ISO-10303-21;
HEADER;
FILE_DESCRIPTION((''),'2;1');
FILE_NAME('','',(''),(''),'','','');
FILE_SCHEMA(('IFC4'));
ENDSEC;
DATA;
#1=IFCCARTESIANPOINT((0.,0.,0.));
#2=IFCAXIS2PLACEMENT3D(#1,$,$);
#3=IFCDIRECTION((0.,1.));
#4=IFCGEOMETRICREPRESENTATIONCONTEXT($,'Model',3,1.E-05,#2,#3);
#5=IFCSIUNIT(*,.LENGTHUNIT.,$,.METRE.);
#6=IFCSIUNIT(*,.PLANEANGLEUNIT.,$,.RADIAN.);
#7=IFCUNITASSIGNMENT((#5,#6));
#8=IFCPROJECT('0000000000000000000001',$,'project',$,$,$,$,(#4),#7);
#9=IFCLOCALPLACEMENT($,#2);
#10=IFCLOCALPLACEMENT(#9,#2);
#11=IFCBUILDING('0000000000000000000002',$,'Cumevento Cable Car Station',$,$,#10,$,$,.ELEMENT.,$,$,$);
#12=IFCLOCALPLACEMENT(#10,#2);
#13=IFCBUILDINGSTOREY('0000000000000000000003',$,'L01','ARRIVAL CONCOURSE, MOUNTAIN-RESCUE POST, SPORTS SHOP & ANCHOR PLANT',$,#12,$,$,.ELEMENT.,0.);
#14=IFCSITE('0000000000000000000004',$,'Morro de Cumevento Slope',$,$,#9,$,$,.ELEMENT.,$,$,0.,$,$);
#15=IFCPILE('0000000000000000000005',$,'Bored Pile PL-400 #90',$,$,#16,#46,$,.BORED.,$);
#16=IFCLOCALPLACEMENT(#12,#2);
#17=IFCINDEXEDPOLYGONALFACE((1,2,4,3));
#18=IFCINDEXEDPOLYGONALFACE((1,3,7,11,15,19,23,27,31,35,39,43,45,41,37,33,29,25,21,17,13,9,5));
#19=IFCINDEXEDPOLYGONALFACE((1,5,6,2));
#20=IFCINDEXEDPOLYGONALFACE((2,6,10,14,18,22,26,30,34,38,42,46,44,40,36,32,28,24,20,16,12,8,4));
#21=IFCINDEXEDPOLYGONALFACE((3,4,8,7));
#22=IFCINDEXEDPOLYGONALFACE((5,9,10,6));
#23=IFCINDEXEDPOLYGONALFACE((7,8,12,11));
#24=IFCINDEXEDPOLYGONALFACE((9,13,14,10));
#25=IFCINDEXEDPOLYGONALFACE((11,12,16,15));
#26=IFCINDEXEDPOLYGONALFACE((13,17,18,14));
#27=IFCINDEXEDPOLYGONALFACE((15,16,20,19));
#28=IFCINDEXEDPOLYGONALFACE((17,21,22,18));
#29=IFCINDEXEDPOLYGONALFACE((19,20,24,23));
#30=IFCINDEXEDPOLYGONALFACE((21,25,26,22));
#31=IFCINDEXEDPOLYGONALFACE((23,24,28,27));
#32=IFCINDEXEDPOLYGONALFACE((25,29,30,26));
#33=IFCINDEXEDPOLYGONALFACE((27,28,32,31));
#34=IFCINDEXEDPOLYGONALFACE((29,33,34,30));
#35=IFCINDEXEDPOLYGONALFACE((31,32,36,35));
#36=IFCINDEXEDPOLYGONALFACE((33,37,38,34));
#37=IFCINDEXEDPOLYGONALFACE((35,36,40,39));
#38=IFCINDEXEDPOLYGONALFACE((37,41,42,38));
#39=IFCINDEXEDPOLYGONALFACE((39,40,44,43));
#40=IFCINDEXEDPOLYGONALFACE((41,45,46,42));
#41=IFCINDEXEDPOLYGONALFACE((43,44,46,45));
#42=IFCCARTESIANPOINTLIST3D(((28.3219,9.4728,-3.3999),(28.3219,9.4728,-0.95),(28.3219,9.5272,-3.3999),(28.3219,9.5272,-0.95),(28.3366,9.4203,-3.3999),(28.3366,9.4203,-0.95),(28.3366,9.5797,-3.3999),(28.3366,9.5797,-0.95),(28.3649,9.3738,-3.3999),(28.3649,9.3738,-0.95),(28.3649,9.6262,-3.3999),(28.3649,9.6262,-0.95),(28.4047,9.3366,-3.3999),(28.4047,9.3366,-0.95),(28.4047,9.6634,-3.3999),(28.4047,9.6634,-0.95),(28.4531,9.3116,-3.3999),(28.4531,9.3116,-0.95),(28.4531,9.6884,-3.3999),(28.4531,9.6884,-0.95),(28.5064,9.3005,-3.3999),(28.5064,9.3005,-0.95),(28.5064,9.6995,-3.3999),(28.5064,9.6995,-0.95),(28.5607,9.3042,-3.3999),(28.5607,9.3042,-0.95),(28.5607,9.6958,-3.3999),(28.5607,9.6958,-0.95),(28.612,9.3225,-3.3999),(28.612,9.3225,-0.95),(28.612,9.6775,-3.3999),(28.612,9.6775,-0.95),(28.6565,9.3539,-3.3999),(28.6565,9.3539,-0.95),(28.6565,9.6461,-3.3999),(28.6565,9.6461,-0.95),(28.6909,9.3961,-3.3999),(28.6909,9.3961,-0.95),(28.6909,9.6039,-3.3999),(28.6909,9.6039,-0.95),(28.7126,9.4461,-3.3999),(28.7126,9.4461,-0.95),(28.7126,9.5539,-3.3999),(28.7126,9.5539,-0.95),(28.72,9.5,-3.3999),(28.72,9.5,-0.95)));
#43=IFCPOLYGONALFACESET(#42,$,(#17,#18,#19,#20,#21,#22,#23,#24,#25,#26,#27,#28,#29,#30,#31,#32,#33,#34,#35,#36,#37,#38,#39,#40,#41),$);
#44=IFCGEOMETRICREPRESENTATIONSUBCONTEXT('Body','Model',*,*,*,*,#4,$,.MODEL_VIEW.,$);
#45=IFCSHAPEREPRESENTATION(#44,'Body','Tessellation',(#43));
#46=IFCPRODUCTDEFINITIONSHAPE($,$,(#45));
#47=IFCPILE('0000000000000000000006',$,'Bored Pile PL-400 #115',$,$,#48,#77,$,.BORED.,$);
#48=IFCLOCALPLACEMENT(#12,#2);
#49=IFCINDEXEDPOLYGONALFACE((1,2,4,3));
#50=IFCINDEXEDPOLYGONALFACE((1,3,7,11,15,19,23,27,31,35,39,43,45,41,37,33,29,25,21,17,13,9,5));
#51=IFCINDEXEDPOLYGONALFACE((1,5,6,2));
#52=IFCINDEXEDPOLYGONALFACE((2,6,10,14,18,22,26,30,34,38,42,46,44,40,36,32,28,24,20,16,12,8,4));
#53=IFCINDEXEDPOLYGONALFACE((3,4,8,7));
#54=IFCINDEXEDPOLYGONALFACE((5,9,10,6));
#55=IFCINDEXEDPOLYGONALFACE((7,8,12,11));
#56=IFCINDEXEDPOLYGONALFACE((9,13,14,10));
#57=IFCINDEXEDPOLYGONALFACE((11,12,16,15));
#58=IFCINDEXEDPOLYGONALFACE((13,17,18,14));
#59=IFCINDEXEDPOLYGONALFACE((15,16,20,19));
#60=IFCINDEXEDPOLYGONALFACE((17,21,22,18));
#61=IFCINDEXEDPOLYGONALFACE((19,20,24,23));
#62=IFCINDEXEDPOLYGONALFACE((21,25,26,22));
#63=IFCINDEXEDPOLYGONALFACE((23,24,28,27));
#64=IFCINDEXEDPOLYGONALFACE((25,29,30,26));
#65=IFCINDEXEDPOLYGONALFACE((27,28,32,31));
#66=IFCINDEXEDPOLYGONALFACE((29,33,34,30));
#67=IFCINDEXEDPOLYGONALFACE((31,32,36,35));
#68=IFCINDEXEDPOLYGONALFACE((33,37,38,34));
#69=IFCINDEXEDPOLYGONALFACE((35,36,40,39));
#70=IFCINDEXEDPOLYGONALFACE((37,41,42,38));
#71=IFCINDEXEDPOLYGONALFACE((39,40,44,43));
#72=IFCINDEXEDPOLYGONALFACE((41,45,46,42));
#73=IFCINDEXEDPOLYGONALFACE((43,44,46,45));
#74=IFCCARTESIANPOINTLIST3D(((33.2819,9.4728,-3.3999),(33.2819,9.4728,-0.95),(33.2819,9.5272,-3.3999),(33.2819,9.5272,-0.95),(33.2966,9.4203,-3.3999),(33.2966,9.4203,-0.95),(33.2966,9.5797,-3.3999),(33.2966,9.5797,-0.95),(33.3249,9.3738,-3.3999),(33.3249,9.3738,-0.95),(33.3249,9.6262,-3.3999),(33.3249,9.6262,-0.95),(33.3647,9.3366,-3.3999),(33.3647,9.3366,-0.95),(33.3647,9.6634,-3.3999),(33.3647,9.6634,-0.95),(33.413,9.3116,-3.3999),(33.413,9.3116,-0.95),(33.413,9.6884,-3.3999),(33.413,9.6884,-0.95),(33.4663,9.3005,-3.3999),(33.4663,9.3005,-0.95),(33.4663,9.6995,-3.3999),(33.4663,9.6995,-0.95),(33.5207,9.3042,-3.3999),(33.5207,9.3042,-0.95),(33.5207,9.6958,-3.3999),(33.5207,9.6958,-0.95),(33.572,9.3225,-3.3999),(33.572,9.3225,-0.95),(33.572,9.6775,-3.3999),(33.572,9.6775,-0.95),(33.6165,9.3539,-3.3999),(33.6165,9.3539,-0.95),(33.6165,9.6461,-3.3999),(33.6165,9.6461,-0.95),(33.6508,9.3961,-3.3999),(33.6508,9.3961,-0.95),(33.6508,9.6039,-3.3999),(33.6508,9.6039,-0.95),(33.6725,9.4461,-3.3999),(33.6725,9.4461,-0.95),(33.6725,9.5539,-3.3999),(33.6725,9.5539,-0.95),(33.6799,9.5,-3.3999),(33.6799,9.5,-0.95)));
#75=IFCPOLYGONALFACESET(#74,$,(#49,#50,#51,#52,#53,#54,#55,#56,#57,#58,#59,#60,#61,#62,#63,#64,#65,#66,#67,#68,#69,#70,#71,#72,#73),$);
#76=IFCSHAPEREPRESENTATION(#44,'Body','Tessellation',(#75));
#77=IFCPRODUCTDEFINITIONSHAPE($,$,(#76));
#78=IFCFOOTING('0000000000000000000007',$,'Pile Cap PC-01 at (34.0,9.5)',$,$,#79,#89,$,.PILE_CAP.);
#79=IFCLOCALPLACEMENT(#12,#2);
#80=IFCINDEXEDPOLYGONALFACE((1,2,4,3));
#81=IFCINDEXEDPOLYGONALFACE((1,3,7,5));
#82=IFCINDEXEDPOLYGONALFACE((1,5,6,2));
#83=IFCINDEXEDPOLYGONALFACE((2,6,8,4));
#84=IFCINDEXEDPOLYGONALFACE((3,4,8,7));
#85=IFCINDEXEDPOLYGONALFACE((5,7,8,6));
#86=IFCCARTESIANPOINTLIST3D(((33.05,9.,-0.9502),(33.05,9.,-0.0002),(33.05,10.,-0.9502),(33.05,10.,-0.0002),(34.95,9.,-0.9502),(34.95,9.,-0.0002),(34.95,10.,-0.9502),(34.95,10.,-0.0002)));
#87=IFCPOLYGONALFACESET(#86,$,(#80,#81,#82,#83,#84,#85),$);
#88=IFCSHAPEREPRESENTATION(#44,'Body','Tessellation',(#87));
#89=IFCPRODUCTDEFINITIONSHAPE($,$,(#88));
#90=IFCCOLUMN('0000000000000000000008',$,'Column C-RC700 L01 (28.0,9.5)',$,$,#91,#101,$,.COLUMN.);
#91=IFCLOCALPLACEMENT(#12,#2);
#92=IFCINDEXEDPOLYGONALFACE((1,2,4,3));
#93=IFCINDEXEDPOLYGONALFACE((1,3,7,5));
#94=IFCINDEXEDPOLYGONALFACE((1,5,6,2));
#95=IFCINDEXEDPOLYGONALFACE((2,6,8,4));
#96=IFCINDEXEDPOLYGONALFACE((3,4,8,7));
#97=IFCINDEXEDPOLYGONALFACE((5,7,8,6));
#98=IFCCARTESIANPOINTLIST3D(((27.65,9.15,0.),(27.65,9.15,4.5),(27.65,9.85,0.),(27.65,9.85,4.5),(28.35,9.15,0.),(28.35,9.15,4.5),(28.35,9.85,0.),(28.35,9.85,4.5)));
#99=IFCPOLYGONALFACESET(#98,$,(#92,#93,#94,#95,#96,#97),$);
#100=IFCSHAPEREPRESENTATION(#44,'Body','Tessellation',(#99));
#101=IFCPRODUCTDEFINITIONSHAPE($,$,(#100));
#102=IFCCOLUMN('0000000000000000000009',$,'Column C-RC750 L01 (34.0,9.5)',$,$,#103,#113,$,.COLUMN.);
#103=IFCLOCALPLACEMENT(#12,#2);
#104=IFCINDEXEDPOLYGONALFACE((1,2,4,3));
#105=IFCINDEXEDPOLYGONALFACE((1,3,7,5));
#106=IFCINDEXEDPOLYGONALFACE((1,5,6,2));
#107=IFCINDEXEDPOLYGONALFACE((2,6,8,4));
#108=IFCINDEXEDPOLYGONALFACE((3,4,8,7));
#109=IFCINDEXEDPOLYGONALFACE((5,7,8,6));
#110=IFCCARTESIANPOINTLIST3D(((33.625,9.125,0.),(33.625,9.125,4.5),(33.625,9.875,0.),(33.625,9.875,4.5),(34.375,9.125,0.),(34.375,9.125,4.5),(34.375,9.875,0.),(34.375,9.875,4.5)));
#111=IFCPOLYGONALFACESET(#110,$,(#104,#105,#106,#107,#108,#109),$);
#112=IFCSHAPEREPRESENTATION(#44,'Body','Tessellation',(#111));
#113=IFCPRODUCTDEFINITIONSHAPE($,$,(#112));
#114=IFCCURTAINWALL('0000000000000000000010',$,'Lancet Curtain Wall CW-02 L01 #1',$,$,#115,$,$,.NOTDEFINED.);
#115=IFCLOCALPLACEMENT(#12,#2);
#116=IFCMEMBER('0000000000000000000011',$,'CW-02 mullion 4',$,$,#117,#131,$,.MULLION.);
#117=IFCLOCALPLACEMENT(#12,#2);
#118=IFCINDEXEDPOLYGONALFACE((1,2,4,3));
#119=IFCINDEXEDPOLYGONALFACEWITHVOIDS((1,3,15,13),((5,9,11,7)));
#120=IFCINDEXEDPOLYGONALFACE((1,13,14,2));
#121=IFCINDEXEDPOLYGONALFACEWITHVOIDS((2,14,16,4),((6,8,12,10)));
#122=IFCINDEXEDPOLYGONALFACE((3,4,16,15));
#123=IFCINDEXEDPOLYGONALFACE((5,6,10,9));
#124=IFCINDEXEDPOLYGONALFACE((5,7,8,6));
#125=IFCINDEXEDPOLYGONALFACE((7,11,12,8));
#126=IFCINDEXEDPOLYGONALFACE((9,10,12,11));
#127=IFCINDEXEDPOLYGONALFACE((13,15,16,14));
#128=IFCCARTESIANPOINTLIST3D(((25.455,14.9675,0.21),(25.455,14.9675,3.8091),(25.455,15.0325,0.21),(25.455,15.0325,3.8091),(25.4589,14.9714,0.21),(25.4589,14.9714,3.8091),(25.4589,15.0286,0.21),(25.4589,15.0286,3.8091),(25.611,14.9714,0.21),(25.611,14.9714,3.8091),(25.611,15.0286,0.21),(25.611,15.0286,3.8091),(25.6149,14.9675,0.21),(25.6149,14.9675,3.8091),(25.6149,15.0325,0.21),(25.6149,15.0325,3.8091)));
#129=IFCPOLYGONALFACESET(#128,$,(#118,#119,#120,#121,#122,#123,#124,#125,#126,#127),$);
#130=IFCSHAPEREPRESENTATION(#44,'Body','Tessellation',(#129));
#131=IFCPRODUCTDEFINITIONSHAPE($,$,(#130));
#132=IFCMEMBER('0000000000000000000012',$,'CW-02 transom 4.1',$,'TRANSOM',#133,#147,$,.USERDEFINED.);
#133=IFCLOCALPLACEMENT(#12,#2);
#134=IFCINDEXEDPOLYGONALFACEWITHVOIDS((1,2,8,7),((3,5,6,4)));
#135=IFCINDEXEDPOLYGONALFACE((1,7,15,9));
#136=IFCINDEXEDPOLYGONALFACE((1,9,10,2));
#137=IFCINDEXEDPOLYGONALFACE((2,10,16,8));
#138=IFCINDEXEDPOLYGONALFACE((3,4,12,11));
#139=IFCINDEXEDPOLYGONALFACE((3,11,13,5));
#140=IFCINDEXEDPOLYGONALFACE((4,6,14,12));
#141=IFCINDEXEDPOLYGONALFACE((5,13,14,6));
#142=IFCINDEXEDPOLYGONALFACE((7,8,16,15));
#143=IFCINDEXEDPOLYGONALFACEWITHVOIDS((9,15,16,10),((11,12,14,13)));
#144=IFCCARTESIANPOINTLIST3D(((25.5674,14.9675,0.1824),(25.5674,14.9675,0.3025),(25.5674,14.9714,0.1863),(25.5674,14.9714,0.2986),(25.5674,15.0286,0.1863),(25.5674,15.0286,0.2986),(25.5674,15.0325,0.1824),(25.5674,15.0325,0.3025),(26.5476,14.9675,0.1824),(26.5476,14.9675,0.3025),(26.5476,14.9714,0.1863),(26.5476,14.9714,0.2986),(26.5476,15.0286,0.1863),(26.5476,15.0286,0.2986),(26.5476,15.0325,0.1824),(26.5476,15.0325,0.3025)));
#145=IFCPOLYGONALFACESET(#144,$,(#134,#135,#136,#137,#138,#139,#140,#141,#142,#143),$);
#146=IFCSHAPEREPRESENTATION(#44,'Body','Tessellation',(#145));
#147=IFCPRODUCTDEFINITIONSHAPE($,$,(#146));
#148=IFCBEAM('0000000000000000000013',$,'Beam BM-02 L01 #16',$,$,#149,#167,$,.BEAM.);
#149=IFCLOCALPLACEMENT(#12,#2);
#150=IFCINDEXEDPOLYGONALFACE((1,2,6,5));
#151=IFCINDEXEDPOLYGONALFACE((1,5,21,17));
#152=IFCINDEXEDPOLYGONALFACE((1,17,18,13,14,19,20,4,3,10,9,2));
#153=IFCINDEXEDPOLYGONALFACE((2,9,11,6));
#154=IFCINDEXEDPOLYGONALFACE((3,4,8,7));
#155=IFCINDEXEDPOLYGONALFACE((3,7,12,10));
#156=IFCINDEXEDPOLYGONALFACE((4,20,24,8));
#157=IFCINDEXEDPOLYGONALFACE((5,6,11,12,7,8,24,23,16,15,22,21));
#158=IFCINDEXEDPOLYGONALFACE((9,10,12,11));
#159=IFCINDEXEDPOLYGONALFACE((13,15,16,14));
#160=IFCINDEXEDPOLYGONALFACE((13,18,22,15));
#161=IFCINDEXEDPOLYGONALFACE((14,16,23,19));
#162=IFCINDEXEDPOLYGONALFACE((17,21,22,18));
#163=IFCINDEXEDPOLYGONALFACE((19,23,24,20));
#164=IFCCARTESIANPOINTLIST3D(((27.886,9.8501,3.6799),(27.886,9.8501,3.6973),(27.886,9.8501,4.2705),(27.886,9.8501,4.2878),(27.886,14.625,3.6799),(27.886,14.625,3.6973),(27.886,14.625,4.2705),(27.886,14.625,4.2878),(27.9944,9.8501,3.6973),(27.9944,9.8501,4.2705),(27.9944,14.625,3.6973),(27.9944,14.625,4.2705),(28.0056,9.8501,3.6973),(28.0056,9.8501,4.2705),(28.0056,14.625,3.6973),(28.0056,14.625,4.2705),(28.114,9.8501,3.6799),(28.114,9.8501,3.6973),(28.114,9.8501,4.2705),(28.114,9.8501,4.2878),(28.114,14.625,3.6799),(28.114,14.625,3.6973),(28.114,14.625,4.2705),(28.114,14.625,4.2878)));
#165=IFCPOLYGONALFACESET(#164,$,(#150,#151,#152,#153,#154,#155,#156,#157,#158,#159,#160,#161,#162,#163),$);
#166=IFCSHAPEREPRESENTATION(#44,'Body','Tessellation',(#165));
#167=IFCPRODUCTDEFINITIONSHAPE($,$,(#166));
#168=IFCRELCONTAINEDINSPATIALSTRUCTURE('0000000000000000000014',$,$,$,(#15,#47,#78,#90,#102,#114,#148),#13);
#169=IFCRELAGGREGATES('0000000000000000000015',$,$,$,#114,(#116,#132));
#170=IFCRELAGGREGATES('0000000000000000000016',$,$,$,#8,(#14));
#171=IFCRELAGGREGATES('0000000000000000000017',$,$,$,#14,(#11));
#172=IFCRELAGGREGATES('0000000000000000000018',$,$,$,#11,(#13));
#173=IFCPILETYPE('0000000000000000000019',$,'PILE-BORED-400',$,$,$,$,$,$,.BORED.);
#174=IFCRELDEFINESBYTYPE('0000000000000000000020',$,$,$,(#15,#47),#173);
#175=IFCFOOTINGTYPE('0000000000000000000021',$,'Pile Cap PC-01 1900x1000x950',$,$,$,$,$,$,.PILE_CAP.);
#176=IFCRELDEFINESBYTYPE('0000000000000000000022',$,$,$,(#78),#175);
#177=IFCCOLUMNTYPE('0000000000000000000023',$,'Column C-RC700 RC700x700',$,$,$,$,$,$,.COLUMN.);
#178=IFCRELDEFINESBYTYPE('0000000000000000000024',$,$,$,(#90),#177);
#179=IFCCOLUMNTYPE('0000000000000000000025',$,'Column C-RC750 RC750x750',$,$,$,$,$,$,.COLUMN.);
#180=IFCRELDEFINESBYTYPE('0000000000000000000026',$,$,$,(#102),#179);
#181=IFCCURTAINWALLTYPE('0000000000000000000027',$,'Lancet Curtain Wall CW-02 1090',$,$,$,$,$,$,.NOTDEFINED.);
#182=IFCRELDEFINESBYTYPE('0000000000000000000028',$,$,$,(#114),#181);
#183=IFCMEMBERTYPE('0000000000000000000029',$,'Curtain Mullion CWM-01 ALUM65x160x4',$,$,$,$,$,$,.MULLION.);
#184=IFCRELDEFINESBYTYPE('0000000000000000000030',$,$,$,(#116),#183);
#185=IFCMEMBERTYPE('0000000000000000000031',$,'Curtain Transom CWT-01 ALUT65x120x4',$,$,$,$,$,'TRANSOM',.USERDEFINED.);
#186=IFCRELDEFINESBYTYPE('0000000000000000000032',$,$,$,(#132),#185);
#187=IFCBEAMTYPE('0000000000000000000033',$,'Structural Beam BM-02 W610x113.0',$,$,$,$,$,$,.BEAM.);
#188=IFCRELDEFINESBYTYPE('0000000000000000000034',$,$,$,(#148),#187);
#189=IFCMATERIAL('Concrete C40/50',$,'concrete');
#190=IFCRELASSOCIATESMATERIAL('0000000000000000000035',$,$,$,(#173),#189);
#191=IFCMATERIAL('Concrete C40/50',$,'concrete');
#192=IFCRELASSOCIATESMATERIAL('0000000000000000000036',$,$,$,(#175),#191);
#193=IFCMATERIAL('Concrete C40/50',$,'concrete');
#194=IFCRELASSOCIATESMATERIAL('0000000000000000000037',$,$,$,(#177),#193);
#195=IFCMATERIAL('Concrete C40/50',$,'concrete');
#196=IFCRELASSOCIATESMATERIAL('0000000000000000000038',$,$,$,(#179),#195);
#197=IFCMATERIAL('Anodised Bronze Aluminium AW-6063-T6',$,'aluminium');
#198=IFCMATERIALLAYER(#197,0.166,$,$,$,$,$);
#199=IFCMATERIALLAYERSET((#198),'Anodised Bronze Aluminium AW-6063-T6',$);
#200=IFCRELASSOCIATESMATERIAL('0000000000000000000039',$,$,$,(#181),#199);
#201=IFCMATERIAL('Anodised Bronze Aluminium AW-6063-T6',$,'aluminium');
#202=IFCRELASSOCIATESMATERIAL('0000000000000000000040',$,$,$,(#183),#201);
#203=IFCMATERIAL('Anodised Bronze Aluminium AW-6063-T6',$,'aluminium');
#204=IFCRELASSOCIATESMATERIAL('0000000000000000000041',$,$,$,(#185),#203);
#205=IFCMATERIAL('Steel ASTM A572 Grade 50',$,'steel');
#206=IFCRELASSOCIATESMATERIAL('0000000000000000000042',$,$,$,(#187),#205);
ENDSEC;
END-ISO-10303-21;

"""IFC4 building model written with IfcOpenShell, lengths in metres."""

from ifc_helpers import new_model, si_unit, direction, frame, origin, origin_2d, place, context, subcontext, project, spatial, rectangle, hollow_rectangle, circle, i_section, extrude, material, layer, layer_set, material_profile, profile_set, type_object, element, aggregate, save


model = new_model("IFC4")

# Units and contexts
model_context = context("Model", 3, precision=1e-05, world=origin(), true_north=direction((0.0, 1.0)))
body_context = subcontext(model_context, "Body", "Model", "MODEL_VIEW")
ifc_project = project(units=[si_unit("LENGTHUNIT", "METRE"), si_unit("PLANEANGLEUNIT", "RADIAN")], contexts=[model_context])

# Site, building, storey
site_placement = place(None, origin())
site = spatial("IfcSite", under=ifc_project, at=site_placement, Name="Morro de Cumevento Slope", CompositionType="ELEMENT", RefElevation=0.0)
building_placement = place(site_placement, origin())
building = spatial("IfcBuilding", under=site, at=building_placement, Name="Cumevento Cable Car Station", CompositionType="ELEMENT")
storey_placement = place(building_placement, origin())
storey = spatial("IfcBuildingStorey", under=building, at=storey_placement, Name="L01", Description="ARRIVAL CONCOURSE, MOUNTAIN-RESCUE POST, SPORTS SHOP & ANCHOR PLANT", CompositionType="ELEMENT", Elevation=0.0)

# Piles
ifc_material_1 = material(Name="Concrete C40/50", Category="concrete")
ifc_material_profile_1 = material_profile(ifc_material_1, circle(Radius=0.2, at=origin_2d()), Name="PILE-D400")
ifc_profile_set_1 = profile_set([ifc_material_profile_1], Name="Concrete C40/50")
pile_type = type_object("IfcPileType", Name="PILE-BORED-400", PredefinedType="BORED", material=ifc_profile_set_1)
for number, where, z_axis, x_axis, name in (
    (1, (28.52, 9.5, -0.95), (0.0, 0.0, -1.0), (1.0, 0.0, 0.0), "Bored Pile PL-400 #90"),
    (2, (33.48, 9.5, -0.95), (0.0, 0.0, -1.0), (1.0, 0.0, 0.0), "Bored Pile PL-400 #115"),
):
    element("IfcPile", number, at=place(storey_placement, frame(where, z_axis=z_axis, x_axis=x_axis)), inside=storey, type_object=pile_type, Name=name, PredefinedType="BORED", context=body_context, shape_type="SweptSolid", body=[
        extrude(circle(Radius=0.2, at=origin_2d()), origin(), (0.0, 0.0, 1.0), 2.45),
    ])

# Footing
ifc_material_2 = material(Name="Concrete C40/50", Category="concrete")
footing_type = type_object("IfcFootingType", Name="Pile Cap PC-01 1900x1000x950", PredefinedType="PILE_CAP", material=ifc_material_2)
footing_placement = place(storey_placement, frame((34.0, 9.5, -0.9502), z_axis=(0.0, 0.0, 1.0), x_axis=(1.0, 0.0, 0.0)))
element("IfcFooting", 3, at=footing_placement, inside=storey, type_object=footing_type, Name="Pile Cap PC-01 at (34.0,9.5)", PredefinedType="PILE_CAP", context=body_context, shape_type="SweptSolid", body=[
    extrude(rectangle(XDim=1.8999, YDim=1.0, at=origin_2d()), origin(), (0.0, 0.0, 1.0), 0.95),
])

# Columns
ifc_material_3 = material(Name="Concrete C40/50", Category="concrete")
ifc_material_profile_2 = material_profile(ifc_material_3, rectangle(XDim=0.7, YDim=0.7, at=origin_2d()), Name="RC700x700")
ifc_profile_set_2 = profile_set([ifc_material_profile_2], Name="Concrete C40/50")
column_type_1 = type_object("IfcColumnType", Name="Column C-RC700 RC700x700", PredefinedType="COLUMN", material=ifc_profile_set_2)
column_1_placement = place(storey_placement, frame((28.0, 9.5, 0.0), z_axis=(0.0, 0.0, 1.0), x_axis=(1.0, 0.0, 0.0)))
element("IfcColumn", 4, at=column_1_placement, inside=storey, type_object=column_type_1, Name="Column C-RC700 L01 (28.0,9.5)", PredefinedType="COLUMN", context=body_context, shape_type="SweptSolid", body=[
    extrude(rectangle(XDim=0.7, YDim=0.7, at=origin_2d()), origin(), (0.0, 0.0, 1.0), 4.5),
])
ifc_material_4 = material(Name="Concrete C40/50", Category="concrete")
ifc_material_profile_3 = material_profile(ifc_material_4, rectangle(XDim=0.75, YDim=0.75, at=origin_2d()), Name="RC750x750")
ifc_profile_set_3 = profile_set([ifc_material_profile_3], Name="Concrete C40/50")
column_type_2 = type_object("IfcColumnType", Name="Column C-RC750 RC750x750", PredefinedType="COLUMN", material=ifc_profile_set_3)
column_2_placement = place(storey_placement, frame((34.0, 9.5, 0.0), z_axis=(0.0, 0.0, 1.0), x_axis=(1.0, 0.0, 0.0)))
element("IfcColumn", 5, at=column_2_placement, inside=storey, type_object=column_type_2, Name="Column C-RC750 L01 (34.0,9.5)", PredefinedType="COLUMN", context=body_context, shape_type="SweptSolid", body=[
    extrude(rectangle(XDim=0.75, YDim=0.75, at=origin_2d()), origin(), (0.0, 0.0, 1.0), 4.5),
])

# Curtain wall, members
ifc_material_5 = material(Name="Anodised Bronze Aluminium AW-6063-T6", Category="aluminium")
ifc_layer_1 = layer(ifc_material_5, 0.166)
ifc_layer_set_1 = layer_set([ifc_layer_1], Name="Anodised Bronze Aluminium AW-6063-T6")
curtain_wall_type = type_object("IfcCurtainWallType", Name="Lancet Curtain Wall CW-02 1090", PredefinedType="NOTDEFINED", material=ifc_layer_set_1)
curtain_wall_placement = place(storey_placement, origin())
curtain_wall = element("IfcCurtainWall", 6, at=curtain_wall_placement, inside=storey, type_object=curtain_wall_type, Name="Lancet Curtain Wall CW-02 L01 #1", PredefinedType="NOTDEFINED")
ifc_material_6 = material(Name="Anodised Bronze Aluminium AW-6063-T6", Category="aluminium")
ifc_material_profile_4 = material_profile(ifc_material_6, hollow_rectangle(XDim=0.0649, YDim=0.1599, WallThickness=0.0039, at=origin_2d()), Name="ALUM65x160x4")
ifc_profile_set_4 = profile_set([ifc_material_profile_4], Name="Anodised Bronze Aluminium AW-6063-T6")
member_type_1 = type_object("IfcMemberType", Name="Curtain Mullion CWM-01 ALUM65x160x4", PredefinedType="MULLION", material=ifc_profile_set_4)
member_1_placement = place(storey_placement, frame((25.5349, 15.0, 0.21), z_axis=(0.0, 0.0, 1.0), x_axis=(0.0, 1.0, 0.0)))
member_1 = element("IfcMember", 7, at=member_1_placement, type_object=member_type_1, Name="CW-02 mullion 4", PredefinedType="MULLION", context=body_context, shape_type="SweptSolid", body=[
    extrude(hollow_rectangle(XDim=0.0649, YDim=0.1599, WallThickness=0.0039, at=origin_2d()), origin(), (0.0, 0.0, 1.0), 3.5991),
])
ifc_material_7 = material(Name="Anodised Bronze Aluminium AW-6063-T6", Category="aluminium")
ifc_material_profile_5 = material_profile(ifc_material_7, hollow_rectangle(XDim=0.0649, YDim=0.1201, WallThickness=0.0039, at=origin_2d()), Name="ALUT65x120x4")
ifc_profile_set_5 = profile_set([ifc_material_profile_5], Name="Anodised Bronze Aluminium AW-6063-T6")
member_type_2 = type_object("IfcMemberType", Name="Curtain Transom CWT-01 ALUT65x120x4", ElementType="TRANSOM", PredefinedType="USERDEFINED", material=ifc_profile_set_5)
member_2_placement = place(storey_placement, frame((25.5674, 15.0, 0.2424), z_axis=(1.0, 0.0, 0.0), x_axis=(0.0, 1.0, 0.0)))
member_2 = element("IfcMember", 8, at=member_2_placement, type_object=member_type_2, Name="CW-02 transom 4.1", ObjectType="TRANSOM", PredefinedType="USERDEFINED", context=body_context, shape_type="SweptSolid", body=[
    extrude(hollow_rectangle(XDim=0.0649, YDim=0.1201, WallThickness=0.0039, at=origin_2d()), origin(), (0.0, 0.0, 1.0), 0.9802),
])
aggregate(curtain_wall, [member_1, member_2])

# Beam
ifc_material_8 = material(Name="Steel ASTM A572 Grade 50", Category="steel")
ifc_material_profile_6 = material_profile(ifc_material_8, i_section(OverallWidth=0.228, OverallDepth=0.6079, WebThickness=0.0112, FlangeThickness=0.0173, at=origin_2d()), Name="W610x113.0")
ifc_profile_set_6 = profile_set([ifc_material_profile_6], Name="Steel ASTM A572 Grade 50")
beam_type_1 = type_object("IfcBeamType", Name="Structural Beam BM-02 W610x113.0", PredefinedType="BEAM", material=ifc_profile_set_6)
beam_1_placement = place(storey_placement, frame((28.0, 9.8501, 3.9839), z_axis=(0.0, 1.0, 0.0), x_axis=(-1.0, 0.0, 0.0)))
element("IfcBeam", 9, at=beam_1_placement, inside=storey, type_object=beam_type_1, Name="Beam BM-02 L01 #16", PredefinedType="BEAM", context=body_context, shape_type="SweptSolid", body=[
    extrude(i_section(OverallWidth=0.228, OverallDepth=0.6079, WebThickness=0.0112, FlangeThickness=0.0173, at=origin_2d()), origin(), (0.0, 0.0, 1.0), 4.7749),
])

save(model, "model.ifc")
